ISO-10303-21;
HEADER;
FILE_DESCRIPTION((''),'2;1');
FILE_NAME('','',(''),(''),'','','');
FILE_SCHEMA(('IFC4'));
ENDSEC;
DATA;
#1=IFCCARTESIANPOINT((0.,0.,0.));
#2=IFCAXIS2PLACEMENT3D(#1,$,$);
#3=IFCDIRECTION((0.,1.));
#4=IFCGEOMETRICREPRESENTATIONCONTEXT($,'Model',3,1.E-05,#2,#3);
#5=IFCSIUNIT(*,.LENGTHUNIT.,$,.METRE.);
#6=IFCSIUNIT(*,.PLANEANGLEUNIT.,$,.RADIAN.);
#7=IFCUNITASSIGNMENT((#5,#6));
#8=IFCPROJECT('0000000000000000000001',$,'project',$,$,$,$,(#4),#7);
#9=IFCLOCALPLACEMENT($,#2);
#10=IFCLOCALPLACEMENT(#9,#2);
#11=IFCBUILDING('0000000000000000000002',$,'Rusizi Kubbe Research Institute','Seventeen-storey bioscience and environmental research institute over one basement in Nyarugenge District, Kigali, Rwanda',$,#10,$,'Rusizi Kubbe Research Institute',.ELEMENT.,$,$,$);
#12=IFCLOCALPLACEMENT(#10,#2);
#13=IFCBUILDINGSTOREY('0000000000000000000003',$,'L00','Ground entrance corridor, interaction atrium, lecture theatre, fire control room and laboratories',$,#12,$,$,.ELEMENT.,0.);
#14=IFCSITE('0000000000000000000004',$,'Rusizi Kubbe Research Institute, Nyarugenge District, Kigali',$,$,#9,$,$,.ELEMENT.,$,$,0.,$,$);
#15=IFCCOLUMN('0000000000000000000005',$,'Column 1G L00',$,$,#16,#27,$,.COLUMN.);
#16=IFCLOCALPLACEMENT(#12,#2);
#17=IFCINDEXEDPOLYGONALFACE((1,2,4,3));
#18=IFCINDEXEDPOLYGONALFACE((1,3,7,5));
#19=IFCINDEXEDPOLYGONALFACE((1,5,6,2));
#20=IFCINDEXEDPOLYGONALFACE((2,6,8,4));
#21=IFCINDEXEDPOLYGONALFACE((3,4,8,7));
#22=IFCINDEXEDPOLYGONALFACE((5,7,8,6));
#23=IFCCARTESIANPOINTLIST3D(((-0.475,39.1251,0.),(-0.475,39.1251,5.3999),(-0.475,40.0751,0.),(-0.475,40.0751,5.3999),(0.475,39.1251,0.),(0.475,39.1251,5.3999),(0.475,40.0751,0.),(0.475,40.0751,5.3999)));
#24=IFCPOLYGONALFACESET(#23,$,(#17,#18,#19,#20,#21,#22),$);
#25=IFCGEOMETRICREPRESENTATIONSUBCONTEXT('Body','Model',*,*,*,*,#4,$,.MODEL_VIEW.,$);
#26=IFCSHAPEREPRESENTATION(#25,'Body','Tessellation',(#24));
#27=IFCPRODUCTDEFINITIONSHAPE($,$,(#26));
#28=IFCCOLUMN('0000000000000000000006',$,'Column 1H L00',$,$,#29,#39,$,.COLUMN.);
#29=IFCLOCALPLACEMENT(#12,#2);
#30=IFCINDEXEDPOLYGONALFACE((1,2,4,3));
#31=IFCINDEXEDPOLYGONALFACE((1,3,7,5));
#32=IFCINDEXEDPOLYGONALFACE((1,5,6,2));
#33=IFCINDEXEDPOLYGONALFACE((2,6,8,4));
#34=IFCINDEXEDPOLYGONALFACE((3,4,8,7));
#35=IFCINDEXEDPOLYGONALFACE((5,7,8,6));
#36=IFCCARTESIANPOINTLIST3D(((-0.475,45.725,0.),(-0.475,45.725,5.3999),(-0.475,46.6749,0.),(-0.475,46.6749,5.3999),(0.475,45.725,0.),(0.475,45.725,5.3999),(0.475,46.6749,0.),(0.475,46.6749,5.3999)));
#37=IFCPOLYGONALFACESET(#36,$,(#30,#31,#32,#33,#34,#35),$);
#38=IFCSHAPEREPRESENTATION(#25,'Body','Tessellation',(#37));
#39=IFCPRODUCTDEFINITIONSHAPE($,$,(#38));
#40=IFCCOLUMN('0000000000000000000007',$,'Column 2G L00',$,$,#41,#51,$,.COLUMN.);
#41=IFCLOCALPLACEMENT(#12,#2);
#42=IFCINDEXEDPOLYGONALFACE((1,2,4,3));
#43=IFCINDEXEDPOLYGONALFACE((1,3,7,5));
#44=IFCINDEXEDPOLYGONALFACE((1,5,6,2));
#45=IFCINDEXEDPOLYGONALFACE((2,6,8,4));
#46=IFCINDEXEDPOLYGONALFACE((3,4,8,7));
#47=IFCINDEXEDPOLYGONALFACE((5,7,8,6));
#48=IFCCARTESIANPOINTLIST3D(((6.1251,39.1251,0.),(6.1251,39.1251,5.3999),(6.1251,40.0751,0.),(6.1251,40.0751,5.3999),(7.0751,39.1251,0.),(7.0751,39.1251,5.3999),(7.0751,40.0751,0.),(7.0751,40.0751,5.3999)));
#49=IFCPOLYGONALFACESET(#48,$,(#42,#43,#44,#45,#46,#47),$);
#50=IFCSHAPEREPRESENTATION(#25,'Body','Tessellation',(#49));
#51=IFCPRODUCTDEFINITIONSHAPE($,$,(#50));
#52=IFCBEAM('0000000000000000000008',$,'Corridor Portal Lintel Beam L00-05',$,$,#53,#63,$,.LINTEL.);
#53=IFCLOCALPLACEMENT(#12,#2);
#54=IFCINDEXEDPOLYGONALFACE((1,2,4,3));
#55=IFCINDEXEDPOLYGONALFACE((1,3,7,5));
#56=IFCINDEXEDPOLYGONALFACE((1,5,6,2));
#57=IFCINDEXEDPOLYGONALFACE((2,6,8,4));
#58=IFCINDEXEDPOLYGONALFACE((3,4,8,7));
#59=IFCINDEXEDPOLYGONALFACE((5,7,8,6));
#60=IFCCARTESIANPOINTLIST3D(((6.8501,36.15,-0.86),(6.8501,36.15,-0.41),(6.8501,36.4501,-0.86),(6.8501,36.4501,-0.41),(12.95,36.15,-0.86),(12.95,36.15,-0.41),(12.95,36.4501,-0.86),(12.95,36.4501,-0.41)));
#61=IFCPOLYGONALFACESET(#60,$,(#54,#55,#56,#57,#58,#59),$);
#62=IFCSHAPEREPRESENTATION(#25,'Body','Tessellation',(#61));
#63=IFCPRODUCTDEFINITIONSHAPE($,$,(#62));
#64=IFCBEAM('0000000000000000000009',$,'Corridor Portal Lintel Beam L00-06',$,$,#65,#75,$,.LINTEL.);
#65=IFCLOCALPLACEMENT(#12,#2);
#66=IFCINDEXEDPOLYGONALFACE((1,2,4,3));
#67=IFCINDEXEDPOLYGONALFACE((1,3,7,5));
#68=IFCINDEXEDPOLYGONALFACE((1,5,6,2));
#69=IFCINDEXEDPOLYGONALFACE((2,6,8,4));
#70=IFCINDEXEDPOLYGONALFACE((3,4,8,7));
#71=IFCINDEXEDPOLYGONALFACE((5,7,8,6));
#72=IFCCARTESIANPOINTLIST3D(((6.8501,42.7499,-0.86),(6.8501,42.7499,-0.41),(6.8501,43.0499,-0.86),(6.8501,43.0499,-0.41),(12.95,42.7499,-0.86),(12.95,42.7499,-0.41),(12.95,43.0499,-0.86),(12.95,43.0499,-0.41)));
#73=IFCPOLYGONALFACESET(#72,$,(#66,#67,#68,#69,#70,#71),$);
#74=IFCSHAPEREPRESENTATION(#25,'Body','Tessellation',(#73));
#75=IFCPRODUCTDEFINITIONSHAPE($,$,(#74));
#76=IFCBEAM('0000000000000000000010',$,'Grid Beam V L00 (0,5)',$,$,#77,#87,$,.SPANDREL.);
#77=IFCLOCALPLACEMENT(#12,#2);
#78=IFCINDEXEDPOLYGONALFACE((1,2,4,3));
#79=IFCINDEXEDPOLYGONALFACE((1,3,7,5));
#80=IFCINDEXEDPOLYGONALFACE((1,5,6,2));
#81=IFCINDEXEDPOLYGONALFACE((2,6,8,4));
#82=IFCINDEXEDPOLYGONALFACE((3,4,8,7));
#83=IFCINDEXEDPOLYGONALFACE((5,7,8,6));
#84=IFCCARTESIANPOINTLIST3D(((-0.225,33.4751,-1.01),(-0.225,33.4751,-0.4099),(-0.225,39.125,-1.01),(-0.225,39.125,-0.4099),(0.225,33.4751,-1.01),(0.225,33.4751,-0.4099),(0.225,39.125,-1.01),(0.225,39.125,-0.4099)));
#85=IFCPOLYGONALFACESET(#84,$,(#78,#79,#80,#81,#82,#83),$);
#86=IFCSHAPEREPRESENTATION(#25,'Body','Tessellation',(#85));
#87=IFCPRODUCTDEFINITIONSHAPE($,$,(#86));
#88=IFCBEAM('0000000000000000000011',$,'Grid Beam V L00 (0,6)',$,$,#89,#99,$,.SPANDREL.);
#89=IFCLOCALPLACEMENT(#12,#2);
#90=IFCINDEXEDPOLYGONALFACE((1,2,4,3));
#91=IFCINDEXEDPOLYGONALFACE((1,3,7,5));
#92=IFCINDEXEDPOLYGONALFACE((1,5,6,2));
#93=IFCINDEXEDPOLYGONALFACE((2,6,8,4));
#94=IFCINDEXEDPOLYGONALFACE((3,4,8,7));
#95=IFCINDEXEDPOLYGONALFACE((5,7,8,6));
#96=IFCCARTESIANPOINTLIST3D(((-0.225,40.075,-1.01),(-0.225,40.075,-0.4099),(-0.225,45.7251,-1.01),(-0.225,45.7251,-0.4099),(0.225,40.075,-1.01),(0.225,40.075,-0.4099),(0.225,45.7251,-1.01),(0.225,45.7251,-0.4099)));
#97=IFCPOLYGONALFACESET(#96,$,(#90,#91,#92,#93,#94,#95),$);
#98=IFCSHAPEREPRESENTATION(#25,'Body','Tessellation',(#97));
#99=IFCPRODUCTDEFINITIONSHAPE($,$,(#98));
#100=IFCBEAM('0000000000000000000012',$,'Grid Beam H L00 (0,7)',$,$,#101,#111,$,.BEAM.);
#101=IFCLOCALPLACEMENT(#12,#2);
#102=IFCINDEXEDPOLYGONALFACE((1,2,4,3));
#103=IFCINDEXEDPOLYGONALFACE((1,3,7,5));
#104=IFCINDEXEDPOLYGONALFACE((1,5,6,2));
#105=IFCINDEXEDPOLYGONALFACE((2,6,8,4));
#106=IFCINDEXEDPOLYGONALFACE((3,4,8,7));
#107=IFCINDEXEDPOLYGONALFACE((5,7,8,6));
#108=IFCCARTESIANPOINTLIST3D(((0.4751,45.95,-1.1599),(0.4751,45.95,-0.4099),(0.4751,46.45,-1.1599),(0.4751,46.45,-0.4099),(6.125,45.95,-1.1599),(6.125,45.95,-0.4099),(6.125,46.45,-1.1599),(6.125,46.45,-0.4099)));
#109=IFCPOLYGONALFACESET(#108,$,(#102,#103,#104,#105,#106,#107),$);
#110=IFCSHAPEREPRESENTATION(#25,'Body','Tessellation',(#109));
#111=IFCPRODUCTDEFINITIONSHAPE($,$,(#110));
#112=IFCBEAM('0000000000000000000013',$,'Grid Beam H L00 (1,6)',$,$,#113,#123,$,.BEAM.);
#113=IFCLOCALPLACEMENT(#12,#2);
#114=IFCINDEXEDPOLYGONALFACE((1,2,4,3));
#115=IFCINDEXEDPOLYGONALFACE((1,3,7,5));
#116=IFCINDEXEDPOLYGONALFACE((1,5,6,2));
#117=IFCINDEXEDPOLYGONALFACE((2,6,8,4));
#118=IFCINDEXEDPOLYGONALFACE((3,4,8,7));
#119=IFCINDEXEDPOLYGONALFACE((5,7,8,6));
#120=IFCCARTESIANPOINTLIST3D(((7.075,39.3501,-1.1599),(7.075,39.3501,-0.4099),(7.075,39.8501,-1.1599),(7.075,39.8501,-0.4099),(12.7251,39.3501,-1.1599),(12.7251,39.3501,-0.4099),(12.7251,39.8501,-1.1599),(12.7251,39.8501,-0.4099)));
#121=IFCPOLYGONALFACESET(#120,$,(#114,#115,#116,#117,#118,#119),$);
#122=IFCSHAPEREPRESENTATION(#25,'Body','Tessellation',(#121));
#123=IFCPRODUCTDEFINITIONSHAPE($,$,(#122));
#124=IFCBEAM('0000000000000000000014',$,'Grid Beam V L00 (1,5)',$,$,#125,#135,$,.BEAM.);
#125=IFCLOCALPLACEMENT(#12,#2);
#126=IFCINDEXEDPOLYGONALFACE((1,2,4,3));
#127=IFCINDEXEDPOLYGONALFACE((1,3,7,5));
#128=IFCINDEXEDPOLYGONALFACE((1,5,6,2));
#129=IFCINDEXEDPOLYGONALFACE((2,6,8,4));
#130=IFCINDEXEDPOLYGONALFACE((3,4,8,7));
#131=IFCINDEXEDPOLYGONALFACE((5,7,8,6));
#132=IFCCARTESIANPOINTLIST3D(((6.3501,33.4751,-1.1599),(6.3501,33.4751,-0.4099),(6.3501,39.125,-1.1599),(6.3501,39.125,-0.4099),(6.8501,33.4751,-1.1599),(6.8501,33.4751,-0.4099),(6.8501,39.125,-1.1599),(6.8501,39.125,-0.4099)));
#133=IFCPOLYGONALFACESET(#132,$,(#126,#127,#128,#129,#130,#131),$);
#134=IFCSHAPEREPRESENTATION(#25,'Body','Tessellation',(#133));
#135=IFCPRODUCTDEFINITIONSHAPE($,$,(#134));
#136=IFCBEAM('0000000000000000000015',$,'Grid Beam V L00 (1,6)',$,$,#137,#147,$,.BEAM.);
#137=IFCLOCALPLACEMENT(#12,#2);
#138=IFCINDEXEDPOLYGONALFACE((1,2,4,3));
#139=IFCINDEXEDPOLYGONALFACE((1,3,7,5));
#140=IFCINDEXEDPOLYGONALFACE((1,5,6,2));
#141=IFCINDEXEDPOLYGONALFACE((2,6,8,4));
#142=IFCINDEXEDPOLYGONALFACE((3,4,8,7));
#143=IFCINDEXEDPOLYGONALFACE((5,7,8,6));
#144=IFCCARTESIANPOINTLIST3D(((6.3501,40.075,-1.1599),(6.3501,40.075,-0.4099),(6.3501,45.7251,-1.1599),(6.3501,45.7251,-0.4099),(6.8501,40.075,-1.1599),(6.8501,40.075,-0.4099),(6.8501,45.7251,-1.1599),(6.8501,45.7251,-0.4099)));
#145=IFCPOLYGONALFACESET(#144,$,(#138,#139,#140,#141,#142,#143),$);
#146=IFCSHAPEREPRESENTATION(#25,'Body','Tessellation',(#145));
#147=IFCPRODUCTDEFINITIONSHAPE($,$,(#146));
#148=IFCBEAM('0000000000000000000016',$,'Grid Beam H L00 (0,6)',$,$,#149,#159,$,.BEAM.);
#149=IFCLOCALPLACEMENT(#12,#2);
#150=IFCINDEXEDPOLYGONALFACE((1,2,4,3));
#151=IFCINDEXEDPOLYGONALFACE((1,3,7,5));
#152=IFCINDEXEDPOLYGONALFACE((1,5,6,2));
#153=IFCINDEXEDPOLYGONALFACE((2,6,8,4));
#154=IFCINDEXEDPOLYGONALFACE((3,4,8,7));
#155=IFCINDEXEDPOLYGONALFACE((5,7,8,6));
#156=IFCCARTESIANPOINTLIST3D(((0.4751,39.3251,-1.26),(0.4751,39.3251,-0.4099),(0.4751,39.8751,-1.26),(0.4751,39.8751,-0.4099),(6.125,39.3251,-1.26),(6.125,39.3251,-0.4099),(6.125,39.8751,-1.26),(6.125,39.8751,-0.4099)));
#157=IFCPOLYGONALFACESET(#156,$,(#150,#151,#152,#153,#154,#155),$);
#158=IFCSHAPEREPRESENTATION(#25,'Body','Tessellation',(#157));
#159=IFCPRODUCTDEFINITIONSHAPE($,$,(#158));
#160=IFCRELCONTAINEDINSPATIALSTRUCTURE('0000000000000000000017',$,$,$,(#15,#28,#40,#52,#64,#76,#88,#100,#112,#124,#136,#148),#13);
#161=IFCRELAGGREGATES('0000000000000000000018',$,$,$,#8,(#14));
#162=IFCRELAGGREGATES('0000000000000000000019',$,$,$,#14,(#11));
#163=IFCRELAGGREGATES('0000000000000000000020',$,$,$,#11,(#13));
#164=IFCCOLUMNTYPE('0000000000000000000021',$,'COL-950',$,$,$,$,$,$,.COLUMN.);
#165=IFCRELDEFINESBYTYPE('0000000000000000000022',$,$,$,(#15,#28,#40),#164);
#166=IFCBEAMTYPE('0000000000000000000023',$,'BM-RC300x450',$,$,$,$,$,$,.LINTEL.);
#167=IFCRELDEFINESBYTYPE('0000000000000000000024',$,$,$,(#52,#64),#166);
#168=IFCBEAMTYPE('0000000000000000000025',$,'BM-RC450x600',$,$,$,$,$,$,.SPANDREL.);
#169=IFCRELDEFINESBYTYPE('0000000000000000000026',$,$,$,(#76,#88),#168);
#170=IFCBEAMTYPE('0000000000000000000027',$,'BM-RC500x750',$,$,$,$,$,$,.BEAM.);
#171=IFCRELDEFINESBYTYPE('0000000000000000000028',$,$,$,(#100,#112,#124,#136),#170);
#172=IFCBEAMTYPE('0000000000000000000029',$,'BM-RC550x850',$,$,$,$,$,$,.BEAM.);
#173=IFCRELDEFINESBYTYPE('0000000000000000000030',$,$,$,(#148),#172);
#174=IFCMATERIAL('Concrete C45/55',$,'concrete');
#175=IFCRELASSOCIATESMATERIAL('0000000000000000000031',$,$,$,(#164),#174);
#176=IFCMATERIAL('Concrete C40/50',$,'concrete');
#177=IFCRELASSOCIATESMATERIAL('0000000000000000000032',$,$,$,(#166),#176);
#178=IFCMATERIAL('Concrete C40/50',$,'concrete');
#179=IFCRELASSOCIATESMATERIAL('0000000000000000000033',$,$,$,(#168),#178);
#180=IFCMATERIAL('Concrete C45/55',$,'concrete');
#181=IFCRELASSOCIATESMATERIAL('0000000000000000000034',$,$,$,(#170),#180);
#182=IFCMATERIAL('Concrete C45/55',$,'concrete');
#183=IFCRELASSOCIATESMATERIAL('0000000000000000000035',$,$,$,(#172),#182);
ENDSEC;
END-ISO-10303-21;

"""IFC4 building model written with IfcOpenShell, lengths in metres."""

from ifc_helpers import new_model, si_unit, direction, frame, origin, origin_2d, place, context, subcontext, project, spatial, rectangle, extrude, material, material_profile, profile_set, type_object, element, save


model = new_model("IFC4")

# Units and contexts
model_context = context("Model", 3, precision=1e-05, world=origin(), true_north=direction((0.0, 1.0)))
body_context = subcontext(model_context, "Body", "Model", "MODEL_VIEW")
ifc_project = project(units=[si_unit("LENGTHUNIT", "METRE"), si_unit("PLANEANGLEUNIT", "RADIAN")], contexts=[model_context])

# Site, building, storey
site_placement = place(None, origin())
site = spatial("IfcSite", under=ifc_project, at=site_placement, Name="Rusizi Kubbe Research Institute, Nyarugenge District, Kigali", CompositionType="ELEMENT", RefElevation=0.0)
building_placement = place(site_placement, origin())
building = spatial("IfcBuilding", under=site, at=building_placement, Name="Rusizi Kubbe Research Institute", Description="Seventeen-storey bioscience and environmental research institute over one basement in Nyarugenge District, Kigali, Rwanda", LongName="Rusizi Kubbe Research Institute", CompositionType="ELEMENT")
storey_placement = place(building_placement, origin())
storey = spatial("IfcBuildingStorey", under=building, at=storey_placement, Name="L00", Description="Ground entrance corridor, interaction atrium, lecture theatre, fire control room and laboratories", CompositionType="ELEMENT", Elevation=0.0)

# Columns
ifc_material_1 = material(Name="Concrete C45/55", Category="concrete")
ifc_material_profile_1 = material_profile(ifc_material_1, rectangle(XDim=0.95, YDim=0.95, at=origin_2d()), Name="RC950x950")
ifc_profile_set_1 = profile_set([ifc_material_profile_1], Name="Concrete C45/55")
column_type = type_object("IfcColumnType", Name="COL-950", PredefinedType="COLUMN", material=ifc_profile_set_1)
for number, where, z_axis, x_axis, name in (
    (1, (0.0, 39.6001, 0.0), (0.0, 0.0, 1.0), (1.0, 0.0, 0.0), "Column 1G L00"),
    (2, (0.0, 46.2, 0.0), (0.0, 0.0, 1.0), (1.0, 0.0, 0.0), "Column 1H L00"),
    (3, (6.6001, 39.6001, 0.0), (0.0, 0.0, 1.0), (1.0, 0.0, 0.0), "Column 2G L00"),
):
    element("IfcColumn", number, at=place(storey_placement, frame(where, z_axis=z_axis, x_axis=x_axis)), inside=storey, type_object=column_type, Name=name, PredefinedType="COLUMN", context=body_context, shape_type="SweptSolid", body=[
        extrude(rectangle(XDim=0.95, YDim=0.95, at=origin_2d()), origin(), (0.0, 0.0, 1.0), 5.3999),
    ])

# Beams
ifc_material_2 = material(Name="Concrete C40/50", Category="concrete")
ifc_material_profile_2 = material_profile(ifc_material_2, rectangle(XDim=0.3, YDim=0.45, at=origin_2d()), Name="RC300x450")
ifc_profile_set_2 = profile_set([ifc_material_profile_2], Name="Concrete C40/50")
beam_type_1 = type_object("IfcBeamType", Name="BM-RC300x450", PredefinedType="LINTEL", material=ifc_profile_set_2)
for number, where, z_axis, x_axis, name in (
    (4, (6.8501, 36.3, -0.635), (1.0, 0.0, 0.0), (0.0, 1.0, 0.0), "Corridor Portal Lintel Beam L00-05"),
    (5, (6.8501, 42.8999, -0.635), (1.0, 0.0, 0.0), (0.0, 1.0, 0.0), "Corridor Portal Lintel Beam L00-06"),
):
    element("IfcBeam", number, at=place(storey_placement, frame(where, z_axis=z_axis, x_axis=x_axis)), inside=storey, type_object=beam_type_1, Name=name, PredefinedType="LINTEL", context=body_context, shape_type="SweptSolid", body=[
        extrude(rectangle(XDim=0.3, YDim=0.45, at=origin_2d()), origin(), (0.0, 0.0, 1.0), 6.0999),
    ])
ifc_material_3 = material(Name="Concrete C40/50", Category="concrete")
ifc_material_profile_3 = material_profile(ifc_material_3, rectangle(XDim=0.45, YDim=0.6001, at=origin_2d()), Name="RC450x600")
ifc_profile_set_3 = profile_set([ifc_material_profile_3], Name="Concrete C40/50")
beam_type_2 = type_object("IfcBeamType", Name="BM-RC450x600", PredefinedType="SPANDREL", material=ifc_profile_set_3)
beam_1_placement = place(storey_placement, frame((0.0, 33.4751, -0.71), z_axis=(0.0, 1.0, 0.0), x_axis=(-1.0, 0.0, 0.0)))
element("IfcBeam", 6, at=beam_1_placement, inside=storey, type_object=beam_type_2, Name="Grid Beam V L00 (0,5)", PredefinedType="SPANDREL", context=body_context, shape_type="SweptSolid", body=[
    extrude(rectangle(XDim=0.45, YDim=0.6001, at=origin_2d()), origin(), (0.0, 0.0, 1.0), 5.6499),
])
beam_2_placement = place(storey_placement, frame((0.0, 40.075, -0.71), z_axis=(0.0, 1.0, 0.0), x_axis=(-1.0, 0.0, 0.0)))
element("IfcBeam", 7, at=beam_2_placement, inside=storey, type_object=beam_type_2, Name="Grid Beam V L00 (0,6)", PredefinedType="SPANDREL", context=body_context, shape_type="SweptSolid", body=[
    extrude(rectangle(XDim=0.45, YDim=0.6001, at=origin_2d()), origin(), (0.0, 0.0, 1.0), 5.6501),
])
ifc_material_4 = material(Name="Concrete C45/55", Category="concrete")
ifc_material_profile_4 = material_profile(ifc_material_4, rectangle(XDim=0.5, YDim=0.75, at=origin_2d()), Name="RC500x750B")
ifc_profile_set_4 = profile_set([ifc_material_profile_4], Name="Concrete C45/55")
beam_type_3 = type_object("IfcBeamType", Name="BM-RC500x750", PredefinedType="BEAM", material=ifc_profile_set_4)
beam_3_placement = place(storey_placement, frame((0.4751, 46.2, -0.7849), z_axis=(1.0, 0.0, 0.0), x_axis=(0.0, 1.0, 0.0)))
element("IfcBeam", 8, at=beam_3_placement, inside=storey, type_object=beam_type_3, Name="Grid Beam H L00 (0,7)", PredefinedType="BEAM", context=body_context, shape_type="SweptSolid", body=[
    extrude(rectangle(XDim=0.5, YDim=0.75, at=origin_2d()), origin(), (0.0, 0.0, 1.0), 5.6499),
])
beam_4_placement = place(storey_placement, frame((7.075, 39.6001, -0.7849), z_axis=(1.0, 0.0, 0.0), x_axis=(0.0, 1.0, 0.0)))
element("IfcBeam", 9, at=beam_4_placement, inside=storey, type_object=beam_type_3, Name="Grid Beam H L00 (1,6)", PredefinedType="BEAM", context=body_context, shape_type="SweptSolid", body=[
    extrude(rectangle(XDim=0.5, YDim=0.75, at=origin_2d()), origin(), (0.0, 0.0, 1.0), 5.6501),
])
beam_5_placement = place(storey_placement, frame((6.6001, 33.4751, -0.7849), z_axis=(0.0, 1.0, 0.0), x_axis=(-1.0, 0.0, 0.0)))
element("IfcBeam", 10, at=beam_5_placement, inside=storey, type_object=beam_type_3, Name="Grid Beam V L00 (1,5)", PredefinedType="BEAM", context=body_context, shape_type="SweptSolid", body=[
    extrude(rectangle(XDim=0.5, YDim=0.75, at=origin_2d()), origin(), (0.0, 0.0, 1.0), 5.6499),
])
beam_6_placement = place(storey_placement, frame((6.6001, 40.075, -0.7849), z_axis=(0.0, 1.0, 0.0), x_axis=(-1.0, 0.0, 0.0)))
element("IfcBeam", 11, at=beam_6_placement, inside=storey, type_object=beam_type_3, Name="Grid Beam V L00 (1,6)", PredefinedType="BEAM", context=body_context, shape_type="SweptSolid", body=[
    extrude(rectangle(XDim=0.5, YDim=0.75, at=origin_2d()), origin(), (0.0, 0.0, 1.0), 5.6501),
])
ifc_material_5 = material(Name="Concrete C45/55", Category="concrete")
ifc_material_profile_5 = material_profile(ifc_material_5, rectangle(XDim=0.55, YDim=0.8501, at=origin_2d()), Name="RC550x850")
ifc_profile_set_5 = profile_set([ifc_material_profile_5], Name="Concrete C45/55")
beam_type_4 = type_object("IfcBeamType", Name="BM-RC550x850", PredefinedType="BEAM", material=ifc_profile_set_5)
beam_7_placement = place(storey_placement, frame((0.4751, 39.6001, -0.835), z_axis=(1.0, 0.0, 0.0), x_axis=(0.0, 1.0, 0.0)))
element("IfcBeam", 12, at=beam_7_placement, inside=storey, type_object=beam_type_4, Name="Grid Beam H L00 (0,6)", PredefinedType="BEAM", context=body_context, shape_type="SweptSolid", body=[
    extrude(rectangle(XDim=0.55, YDim=0.8501, at=origin_2d()), origin(), (0.0, 0.0, 1.0), 5.6499),
])

save(model, "model.ifc")
